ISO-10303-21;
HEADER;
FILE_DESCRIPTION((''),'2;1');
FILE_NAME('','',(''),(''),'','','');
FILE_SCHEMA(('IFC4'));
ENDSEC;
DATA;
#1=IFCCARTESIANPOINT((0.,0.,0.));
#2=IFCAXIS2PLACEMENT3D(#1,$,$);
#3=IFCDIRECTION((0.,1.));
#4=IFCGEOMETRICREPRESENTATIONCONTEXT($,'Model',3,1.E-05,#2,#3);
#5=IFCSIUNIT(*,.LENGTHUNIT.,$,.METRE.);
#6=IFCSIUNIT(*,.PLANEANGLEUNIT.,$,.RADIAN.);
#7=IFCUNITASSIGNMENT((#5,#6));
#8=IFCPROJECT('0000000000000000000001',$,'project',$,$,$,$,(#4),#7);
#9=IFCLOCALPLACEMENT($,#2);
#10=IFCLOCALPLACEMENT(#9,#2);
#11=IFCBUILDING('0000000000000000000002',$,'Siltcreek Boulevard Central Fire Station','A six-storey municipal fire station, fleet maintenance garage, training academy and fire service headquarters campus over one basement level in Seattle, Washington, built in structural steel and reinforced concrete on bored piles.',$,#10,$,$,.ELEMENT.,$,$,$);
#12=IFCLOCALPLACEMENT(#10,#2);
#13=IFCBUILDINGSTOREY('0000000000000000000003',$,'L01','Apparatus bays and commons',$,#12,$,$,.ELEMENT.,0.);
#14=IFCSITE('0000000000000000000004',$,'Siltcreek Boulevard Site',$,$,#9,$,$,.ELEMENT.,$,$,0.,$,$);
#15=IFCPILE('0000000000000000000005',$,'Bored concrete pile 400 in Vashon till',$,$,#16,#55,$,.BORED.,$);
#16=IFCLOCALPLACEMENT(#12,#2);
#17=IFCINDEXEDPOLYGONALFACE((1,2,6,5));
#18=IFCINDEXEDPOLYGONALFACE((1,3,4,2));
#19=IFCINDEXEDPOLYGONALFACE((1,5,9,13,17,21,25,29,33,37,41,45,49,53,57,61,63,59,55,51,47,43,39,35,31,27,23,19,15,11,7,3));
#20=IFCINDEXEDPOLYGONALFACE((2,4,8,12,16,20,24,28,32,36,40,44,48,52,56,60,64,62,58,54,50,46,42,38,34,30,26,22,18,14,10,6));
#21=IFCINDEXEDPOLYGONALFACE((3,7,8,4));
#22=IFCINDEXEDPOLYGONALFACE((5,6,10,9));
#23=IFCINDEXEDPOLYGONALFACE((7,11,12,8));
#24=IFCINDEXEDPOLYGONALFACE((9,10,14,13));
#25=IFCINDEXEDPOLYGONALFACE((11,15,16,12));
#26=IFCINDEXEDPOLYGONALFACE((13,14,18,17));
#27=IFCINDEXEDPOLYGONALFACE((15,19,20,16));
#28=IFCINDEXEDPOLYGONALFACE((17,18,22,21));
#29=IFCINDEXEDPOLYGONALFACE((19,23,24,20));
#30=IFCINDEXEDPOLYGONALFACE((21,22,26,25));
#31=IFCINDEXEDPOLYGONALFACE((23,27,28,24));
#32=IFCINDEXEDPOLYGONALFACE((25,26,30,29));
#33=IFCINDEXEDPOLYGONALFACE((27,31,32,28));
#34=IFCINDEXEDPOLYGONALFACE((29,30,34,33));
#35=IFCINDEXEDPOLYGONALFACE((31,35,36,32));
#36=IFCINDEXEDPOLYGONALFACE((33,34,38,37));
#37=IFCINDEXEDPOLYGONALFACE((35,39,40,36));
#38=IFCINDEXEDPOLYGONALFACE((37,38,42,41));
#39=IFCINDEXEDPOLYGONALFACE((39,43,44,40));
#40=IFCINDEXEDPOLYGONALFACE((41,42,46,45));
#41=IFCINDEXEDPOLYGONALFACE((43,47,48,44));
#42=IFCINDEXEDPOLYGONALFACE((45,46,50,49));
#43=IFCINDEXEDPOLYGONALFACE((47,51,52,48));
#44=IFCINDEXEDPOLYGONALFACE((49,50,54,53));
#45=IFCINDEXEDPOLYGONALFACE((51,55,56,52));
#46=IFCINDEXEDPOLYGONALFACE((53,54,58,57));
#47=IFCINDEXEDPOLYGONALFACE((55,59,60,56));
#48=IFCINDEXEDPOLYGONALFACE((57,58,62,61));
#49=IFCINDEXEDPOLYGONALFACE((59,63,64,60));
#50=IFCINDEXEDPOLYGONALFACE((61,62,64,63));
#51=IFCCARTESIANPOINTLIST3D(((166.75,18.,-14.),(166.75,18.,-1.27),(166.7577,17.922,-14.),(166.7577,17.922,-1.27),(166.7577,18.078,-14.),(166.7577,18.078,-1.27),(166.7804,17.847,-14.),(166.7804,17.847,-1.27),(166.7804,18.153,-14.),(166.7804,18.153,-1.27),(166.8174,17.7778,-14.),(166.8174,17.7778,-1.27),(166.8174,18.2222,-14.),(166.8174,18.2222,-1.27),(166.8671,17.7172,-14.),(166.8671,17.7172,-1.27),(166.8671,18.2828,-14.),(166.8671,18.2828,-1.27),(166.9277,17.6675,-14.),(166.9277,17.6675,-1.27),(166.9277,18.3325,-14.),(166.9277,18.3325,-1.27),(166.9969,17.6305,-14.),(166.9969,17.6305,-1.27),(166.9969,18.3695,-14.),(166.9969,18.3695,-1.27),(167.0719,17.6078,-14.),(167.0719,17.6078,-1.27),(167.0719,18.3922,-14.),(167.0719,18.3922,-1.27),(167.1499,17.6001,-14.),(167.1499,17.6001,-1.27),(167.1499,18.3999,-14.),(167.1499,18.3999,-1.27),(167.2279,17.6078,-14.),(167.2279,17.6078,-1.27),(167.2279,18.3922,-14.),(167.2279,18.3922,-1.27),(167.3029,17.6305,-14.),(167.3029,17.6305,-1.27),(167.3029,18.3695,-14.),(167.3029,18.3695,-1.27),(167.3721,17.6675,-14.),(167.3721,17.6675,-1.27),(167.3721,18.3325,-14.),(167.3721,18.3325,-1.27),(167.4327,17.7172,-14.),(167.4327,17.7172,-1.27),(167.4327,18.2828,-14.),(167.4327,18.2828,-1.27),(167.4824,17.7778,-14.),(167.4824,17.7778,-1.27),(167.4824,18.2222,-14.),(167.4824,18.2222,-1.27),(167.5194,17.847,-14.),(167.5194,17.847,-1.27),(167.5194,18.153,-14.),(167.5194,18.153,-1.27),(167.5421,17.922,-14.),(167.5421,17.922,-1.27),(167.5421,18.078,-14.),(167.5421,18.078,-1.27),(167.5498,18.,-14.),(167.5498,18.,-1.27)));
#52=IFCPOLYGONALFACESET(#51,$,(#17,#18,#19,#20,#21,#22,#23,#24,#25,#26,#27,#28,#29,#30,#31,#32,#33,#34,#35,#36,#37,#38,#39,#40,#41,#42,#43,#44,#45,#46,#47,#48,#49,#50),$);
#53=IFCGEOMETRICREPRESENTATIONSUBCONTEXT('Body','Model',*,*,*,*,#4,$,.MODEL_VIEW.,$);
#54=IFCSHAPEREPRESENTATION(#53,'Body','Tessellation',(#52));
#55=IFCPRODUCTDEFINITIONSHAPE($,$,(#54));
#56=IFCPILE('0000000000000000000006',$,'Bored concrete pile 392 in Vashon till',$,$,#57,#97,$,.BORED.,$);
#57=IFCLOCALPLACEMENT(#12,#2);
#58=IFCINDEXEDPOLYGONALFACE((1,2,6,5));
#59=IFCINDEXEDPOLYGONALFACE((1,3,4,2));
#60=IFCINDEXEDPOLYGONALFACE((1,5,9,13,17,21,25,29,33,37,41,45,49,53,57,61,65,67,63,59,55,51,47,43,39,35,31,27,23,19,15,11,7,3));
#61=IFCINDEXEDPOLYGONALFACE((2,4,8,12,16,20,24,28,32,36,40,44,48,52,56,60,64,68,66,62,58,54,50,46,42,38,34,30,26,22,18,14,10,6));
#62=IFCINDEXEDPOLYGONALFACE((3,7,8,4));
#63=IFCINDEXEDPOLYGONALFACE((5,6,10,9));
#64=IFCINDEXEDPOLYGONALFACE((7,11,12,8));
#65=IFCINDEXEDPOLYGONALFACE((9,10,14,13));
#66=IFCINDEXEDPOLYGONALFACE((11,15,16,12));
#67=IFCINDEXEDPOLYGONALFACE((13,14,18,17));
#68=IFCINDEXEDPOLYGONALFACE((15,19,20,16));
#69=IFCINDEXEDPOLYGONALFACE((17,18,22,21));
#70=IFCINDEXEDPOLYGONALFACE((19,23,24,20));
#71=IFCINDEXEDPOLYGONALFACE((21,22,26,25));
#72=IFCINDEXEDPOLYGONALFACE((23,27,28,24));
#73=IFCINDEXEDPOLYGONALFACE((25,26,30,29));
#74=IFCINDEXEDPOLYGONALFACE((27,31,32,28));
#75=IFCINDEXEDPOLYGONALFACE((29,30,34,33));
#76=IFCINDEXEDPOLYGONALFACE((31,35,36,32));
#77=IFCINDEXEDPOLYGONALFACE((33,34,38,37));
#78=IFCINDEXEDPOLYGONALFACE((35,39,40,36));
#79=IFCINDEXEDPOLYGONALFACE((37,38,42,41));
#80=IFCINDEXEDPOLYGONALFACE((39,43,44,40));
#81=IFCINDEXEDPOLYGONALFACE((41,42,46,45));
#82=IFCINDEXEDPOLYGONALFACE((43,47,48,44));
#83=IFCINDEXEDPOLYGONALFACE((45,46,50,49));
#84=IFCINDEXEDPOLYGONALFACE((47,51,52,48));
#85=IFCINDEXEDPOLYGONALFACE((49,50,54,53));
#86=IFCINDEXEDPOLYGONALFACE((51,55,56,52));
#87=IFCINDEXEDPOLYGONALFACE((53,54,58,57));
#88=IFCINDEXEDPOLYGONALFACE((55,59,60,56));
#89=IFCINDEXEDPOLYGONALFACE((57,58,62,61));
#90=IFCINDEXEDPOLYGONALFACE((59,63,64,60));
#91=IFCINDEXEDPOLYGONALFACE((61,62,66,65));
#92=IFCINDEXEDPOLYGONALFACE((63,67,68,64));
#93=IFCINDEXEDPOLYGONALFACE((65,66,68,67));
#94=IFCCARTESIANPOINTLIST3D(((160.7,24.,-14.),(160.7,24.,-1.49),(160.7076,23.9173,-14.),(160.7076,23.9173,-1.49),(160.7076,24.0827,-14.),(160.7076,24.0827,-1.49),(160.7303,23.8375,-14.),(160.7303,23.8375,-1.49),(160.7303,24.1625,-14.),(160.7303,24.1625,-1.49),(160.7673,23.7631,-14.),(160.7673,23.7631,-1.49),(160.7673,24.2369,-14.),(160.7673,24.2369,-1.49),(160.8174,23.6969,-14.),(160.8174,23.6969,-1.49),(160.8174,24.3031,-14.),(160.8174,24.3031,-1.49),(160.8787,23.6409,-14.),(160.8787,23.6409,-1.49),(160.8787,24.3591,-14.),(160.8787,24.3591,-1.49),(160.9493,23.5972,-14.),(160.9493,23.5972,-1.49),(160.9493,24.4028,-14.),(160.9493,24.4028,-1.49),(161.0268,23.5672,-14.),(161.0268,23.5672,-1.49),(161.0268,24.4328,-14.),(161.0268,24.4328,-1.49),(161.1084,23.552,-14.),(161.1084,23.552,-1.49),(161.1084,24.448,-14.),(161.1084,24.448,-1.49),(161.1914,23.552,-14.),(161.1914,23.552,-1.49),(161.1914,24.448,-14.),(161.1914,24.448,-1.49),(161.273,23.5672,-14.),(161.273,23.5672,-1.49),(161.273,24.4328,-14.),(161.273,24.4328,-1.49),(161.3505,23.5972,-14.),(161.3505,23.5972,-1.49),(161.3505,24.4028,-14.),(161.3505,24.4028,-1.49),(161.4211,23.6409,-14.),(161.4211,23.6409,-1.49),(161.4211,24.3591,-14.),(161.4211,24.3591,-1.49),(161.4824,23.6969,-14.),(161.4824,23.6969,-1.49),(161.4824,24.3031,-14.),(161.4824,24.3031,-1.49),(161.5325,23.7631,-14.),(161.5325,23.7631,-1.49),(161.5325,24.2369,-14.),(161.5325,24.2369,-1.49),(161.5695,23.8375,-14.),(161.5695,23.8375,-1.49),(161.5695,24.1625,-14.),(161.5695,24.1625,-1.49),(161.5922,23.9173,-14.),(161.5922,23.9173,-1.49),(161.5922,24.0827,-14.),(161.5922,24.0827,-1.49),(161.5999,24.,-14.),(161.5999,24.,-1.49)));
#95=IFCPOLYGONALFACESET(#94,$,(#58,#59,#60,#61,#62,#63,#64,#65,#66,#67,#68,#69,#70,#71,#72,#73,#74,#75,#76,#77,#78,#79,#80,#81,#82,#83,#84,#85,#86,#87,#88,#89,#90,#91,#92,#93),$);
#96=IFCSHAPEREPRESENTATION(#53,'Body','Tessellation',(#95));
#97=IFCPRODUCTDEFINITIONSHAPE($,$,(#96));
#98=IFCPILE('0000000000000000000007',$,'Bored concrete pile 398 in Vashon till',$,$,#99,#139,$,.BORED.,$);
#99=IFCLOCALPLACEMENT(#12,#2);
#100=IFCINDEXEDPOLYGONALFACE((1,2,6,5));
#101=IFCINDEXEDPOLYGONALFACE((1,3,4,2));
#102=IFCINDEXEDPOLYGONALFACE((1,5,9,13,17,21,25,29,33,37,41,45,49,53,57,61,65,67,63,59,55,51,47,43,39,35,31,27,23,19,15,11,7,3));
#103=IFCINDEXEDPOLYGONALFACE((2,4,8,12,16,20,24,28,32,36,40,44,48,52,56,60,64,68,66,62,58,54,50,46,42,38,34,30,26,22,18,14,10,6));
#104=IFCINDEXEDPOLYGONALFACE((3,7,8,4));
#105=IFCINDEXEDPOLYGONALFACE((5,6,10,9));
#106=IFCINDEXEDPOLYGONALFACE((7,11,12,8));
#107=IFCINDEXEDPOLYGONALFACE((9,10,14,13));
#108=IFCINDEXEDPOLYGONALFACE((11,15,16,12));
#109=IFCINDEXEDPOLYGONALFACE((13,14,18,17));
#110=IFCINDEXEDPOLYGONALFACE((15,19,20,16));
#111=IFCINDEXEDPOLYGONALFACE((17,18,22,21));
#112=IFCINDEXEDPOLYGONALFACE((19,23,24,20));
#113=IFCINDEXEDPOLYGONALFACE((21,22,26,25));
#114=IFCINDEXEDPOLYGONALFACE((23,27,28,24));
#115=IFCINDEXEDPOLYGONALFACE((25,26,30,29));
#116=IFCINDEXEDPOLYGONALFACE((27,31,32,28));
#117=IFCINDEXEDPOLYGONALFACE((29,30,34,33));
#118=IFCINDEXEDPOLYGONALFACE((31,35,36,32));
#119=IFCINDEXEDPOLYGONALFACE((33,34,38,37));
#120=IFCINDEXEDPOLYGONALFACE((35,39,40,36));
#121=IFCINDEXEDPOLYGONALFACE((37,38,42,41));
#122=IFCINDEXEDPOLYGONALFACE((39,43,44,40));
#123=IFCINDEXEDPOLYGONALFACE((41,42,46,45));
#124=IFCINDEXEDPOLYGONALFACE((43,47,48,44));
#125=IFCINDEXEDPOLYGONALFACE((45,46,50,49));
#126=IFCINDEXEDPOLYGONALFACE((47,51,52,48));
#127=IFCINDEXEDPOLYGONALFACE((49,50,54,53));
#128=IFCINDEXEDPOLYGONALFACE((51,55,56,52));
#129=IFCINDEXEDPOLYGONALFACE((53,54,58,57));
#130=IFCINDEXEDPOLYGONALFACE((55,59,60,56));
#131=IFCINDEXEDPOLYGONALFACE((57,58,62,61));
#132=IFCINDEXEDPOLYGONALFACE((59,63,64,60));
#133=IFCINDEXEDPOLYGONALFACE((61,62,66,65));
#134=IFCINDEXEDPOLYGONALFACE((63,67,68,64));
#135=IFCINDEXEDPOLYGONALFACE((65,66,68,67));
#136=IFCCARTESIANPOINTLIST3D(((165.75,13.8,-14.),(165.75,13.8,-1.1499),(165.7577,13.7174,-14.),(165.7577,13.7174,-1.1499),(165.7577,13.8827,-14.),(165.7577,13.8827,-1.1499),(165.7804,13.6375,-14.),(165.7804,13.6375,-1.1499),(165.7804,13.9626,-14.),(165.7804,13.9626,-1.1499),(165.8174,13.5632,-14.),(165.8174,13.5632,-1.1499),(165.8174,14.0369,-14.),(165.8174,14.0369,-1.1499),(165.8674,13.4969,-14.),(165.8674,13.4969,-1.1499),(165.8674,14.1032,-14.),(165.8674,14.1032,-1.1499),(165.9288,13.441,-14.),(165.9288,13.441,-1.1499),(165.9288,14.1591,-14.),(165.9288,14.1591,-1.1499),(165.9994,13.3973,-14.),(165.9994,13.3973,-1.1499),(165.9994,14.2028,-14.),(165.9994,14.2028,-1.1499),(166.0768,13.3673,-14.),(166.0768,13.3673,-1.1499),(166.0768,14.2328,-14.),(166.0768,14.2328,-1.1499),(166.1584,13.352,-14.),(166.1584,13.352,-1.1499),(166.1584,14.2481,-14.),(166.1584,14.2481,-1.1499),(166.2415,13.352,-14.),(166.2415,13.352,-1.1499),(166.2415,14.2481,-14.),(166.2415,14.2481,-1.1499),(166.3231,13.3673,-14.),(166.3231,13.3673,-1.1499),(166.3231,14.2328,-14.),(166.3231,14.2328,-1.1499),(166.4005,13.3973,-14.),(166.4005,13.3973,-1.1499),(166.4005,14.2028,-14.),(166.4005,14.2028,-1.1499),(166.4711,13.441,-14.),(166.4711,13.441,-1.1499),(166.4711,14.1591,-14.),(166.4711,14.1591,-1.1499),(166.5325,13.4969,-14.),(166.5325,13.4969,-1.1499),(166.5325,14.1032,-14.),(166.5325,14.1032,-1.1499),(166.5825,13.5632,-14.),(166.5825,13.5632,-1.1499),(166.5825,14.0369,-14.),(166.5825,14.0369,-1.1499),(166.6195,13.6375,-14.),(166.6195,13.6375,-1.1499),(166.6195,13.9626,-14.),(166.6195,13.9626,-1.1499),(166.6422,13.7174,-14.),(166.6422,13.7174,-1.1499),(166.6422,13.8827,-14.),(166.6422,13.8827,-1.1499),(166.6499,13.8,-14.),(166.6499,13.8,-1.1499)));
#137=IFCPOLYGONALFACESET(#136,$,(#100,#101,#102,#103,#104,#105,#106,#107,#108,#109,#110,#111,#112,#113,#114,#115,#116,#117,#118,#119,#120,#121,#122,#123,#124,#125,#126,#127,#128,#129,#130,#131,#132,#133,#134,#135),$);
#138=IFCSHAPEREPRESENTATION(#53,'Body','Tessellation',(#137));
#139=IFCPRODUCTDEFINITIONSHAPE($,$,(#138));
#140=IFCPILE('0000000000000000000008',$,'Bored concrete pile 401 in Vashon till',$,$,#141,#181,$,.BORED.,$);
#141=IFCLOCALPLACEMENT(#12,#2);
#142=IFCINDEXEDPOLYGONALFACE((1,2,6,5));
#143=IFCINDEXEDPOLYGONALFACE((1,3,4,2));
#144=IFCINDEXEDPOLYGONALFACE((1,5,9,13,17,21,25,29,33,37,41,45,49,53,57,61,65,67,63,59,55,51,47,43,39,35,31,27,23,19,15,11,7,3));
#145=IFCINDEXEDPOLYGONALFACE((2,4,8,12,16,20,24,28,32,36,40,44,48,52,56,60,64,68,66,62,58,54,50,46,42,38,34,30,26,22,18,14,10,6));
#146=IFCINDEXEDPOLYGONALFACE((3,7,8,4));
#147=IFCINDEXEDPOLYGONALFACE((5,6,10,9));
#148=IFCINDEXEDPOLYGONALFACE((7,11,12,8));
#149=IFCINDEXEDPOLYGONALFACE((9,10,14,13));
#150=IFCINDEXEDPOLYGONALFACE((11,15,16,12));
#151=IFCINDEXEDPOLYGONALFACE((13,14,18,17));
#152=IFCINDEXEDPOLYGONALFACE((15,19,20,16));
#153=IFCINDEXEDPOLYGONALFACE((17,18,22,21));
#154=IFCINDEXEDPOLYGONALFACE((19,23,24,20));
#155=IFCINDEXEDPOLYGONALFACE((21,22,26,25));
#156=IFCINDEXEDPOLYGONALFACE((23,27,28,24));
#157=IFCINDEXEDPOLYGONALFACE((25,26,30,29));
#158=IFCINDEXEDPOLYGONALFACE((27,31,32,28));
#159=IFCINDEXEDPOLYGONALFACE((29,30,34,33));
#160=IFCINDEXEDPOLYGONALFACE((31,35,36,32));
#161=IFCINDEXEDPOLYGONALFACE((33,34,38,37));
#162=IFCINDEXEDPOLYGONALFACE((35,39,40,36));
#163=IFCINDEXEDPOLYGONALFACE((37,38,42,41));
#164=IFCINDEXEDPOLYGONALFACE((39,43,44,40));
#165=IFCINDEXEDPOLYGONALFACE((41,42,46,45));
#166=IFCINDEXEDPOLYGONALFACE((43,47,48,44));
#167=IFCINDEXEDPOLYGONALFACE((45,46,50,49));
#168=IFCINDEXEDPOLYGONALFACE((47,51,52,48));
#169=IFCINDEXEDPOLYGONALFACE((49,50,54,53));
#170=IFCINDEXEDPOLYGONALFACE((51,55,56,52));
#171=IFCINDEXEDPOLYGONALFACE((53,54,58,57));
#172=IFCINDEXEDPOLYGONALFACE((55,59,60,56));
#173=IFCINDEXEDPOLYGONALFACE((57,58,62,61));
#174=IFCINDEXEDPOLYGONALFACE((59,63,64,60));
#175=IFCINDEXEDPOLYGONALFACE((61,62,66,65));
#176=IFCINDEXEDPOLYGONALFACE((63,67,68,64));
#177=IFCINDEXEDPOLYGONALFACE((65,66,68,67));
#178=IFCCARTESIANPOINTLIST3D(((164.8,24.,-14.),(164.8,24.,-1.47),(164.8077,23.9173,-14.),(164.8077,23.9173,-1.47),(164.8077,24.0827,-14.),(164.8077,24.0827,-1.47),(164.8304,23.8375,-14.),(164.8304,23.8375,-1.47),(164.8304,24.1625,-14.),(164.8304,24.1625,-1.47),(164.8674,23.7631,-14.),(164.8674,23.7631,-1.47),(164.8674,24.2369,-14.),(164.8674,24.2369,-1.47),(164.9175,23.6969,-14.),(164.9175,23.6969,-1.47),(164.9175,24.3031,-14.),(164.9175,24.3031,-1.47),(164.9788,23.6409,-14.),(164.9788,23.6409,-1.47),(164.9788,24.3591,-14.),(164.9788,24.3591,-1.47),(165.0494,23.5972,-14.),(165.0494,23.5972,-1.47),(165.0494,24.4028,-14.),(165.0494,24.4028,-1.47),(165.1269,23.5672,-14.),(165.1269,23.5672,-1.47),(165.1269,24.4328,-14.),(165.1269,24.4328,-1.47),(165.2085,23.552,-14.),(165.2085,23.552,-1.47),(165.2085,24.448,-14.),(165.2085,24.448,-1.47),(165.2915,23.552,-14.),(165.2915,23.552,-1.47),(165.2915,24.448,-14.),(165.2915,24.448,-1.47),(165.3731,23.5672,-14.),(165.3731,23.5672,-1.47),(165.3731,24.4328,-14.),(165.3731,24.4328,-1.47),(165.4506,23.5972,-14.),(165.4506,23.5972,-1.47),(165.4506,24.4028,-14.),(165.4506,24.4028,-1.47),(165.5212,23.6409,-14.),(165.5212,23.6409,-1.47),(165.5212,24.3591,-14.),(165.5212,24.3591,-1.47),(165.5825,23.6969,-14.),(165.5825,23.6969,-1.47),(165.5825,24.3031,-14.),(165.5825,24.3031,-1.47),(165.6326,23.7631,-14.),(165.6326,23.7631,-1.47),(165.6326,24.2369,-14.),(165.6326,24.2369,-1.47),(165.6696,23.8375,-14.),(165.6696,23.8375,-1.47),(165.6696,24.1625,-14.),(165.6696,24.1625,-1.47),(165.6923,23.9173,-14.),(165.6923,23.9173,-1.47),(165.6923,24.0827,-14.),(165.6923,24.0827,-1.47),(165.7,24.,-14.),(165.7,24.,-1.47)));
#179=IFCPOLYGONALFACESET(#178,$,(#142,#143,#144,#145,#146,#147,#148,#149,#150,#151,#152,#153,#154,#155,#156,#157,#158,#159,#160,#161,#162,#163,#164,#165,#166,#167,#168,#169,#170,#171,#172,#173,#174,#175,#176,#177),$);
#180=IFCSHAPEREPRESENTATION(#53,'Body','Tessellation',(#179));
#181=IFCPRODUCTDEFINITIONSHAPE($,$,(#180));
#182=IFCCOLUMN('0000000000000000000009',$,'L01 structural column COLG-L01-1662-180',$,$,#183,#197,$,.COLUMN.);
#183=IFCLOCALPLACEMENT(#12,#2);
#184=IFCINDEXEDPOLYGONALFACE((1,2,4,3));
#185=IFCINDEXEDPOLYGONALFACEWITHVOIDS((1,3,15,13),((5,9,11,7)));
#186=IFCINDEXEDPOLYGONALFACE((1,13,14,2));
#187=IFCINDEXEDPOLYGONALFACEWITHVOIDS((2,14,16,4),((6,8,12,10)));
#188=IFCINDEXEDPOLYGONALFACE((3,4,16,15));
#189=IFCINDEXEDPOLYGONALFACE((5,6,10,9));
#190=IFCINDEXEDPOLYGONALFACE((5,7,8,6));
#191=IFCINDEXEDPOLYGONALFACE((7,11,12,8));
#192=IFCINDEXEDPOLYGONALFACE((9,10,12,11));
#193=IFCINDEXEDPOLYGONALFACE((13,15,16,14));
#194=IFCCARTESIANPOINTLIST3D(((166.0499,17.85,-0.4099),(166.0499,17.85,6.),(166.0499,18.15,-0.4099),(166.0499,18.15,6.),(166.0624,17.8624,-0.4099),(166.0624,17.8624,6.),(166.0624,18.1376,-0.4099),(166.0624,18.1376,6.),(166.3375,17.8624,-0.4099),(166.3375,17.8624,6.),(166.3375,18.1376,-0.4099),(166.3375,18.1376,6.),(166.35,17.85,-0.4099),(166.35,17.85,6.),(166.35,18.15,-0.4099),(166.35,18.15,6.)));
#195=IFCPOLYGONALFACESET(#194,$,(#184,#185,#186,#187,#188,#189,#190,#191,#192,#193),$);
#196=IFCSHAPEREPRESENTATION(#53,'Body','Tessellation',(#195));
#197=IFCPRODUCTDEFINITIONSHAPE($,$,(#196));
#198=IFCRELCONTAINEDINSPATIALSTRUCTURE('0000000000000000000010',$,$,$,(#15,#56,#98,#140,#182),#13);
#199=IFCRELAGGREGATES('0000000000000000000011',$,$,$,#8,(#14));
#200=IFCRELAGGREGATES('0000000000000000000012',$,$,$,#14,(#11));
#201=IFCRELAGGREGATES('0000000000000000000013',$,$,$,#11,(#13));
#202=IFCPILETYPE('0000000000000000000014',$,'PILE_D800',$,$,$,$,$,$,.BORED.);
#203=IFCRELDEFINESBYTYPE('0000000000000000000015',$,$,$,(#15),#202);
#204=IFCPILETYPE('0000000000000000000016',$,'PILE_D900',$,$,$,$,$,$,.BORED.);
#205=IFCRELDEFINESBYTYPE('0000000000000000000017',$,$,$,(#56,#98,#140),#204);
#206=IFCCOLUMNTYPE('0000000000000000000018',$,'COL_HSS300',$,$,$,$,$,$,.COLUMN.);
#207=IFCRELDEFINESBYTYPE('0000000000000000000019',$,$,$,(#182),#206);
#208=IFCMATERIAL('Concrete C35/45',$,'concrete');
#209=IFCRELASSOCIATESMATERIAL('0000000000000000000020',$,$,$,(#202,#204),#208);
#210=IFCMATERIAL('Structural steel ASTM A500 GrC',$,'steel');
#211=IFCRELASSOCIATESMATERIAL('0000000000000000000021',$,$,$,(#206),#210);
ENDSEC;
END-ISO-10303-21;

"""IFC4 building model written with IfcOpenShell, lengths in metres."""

from ifc_helpers import new_model, si_unit, direction, frame, origin, origin_2d, place, context, subcontext, project, spatial, hollow_rectangle, circle, extrude, material, material_profile, profile_set, type_object, element, save


model = new_model("IFC4")

# Units and contexts
model_context = context("Model", 3, precision=1e-05, world=origin(), true_north=direction((0.0, 1.0)))
body_context = subcontext(model_context, "Body", "Model", "MODEL_VIEW")
ifc_project = project(units=[si_unit("LENGTHUNIT", "METRE"), si_unit("PLANEANGLEUNIT", "RADIAN")], contexts=[model_context])

# Site, building, storey
site_placement = place(None, origin())
site = spatial("IfcSite", under=ifc_project, at=site_placement, Name="Siltcreek Boulevard Site", CompositionType="ELEMENT", RefElevation=0.0)
building_placement = place(site_placement, origin())
building = spatial("IfcBuilding", under=site, at=building_placement, Name="Siltcreek Boulevard Central Fire Station", Description="A six-storey municipal fire station, fleet maintenance garage, training academy and fire service headquarters campus over one basement level in Seattle, Washington, built in structural steel and reinforced concrete on bored piles.", CompositionType="ELEMENT")
storey_placement = place(building_placement, origin())
storey = spatial("IfcBuildingStorey", under=building, at=storey_placement, Name="L01", Description="Apparatus bays and commons", CompositionType="ELEMENT", Elevation=0.0)

# Shared definitions
ifc_material_1 = material(Name="Concrete C35/45", Category="concrete")

# Piles
ifc_material_profile_1 = material_profile(ifc_material_1, circle(Radius=0.3999, at=origin_2d()), Name="SHAFT800")
ifc_profile_set_1 = profile_set([ifc_material_profile_1], Name="Concrete C35/45")
pile_type_1 = type_object("IfcPileType", Name="PILE_D800", PredefinedType="BORED", material=ifc_profile_set_1)
for number, where, z_axis, x_axis, name in (
    (1, (167.1499, 18.0, -1.27), (0.0, 0.0, -1.0), (1.0, 0.0, 0.0), "Bored concrete pile 400 in Vashon till"),
):
    element("IfcPile", number, at=place(storey_placement, frame(where, z_axis=z_axis, x_axis=x_axis)), inside=storey, type_object=pile_type_1, Name=name, PredefinedType="BORED", context=body_context, shape_type="SweptSolid", body=[
        extrude(circle(Radius=0.3999, at=origin_2d()), origin(), (0.0, 0.0, 1.0), 12.73),
    ])
ifc_material_profile_2 = material_profile(ifc_material_1, circle(Radius=0.45, at=origin_2d()), Name="SHAFT900")
ifc_profile_set_2 = profile_set([ifc_material_profile_2], Name="Concrete C35/45")
pile_type_2 = type_object("IfcPileType", Name="PILE_D900", PredefinedType="BORED", material=ifc_profile_set_2)
pile_1_placement = place(storey_placement, frame((161.1499, 24.0, -1.49), z_axis=(0.0, 0.0, -1.0), x_axis=(1.0, 0.0, 0.0)))
element("IfcPile", 2, at=pile_1_placement, inside=storey, type_object=pile_type_2, Name="Bored concrete pile 392 in Vashon till", PredefinedType="BORED", context=body_context, shape_type="SweptSolid", body=[
    extrude(circle(Radius=0.45, at=origin_2d()), origin(), (0.0, 0.0, 1.0), 12.51),
])
pile_2_placement = place(storey_placement, frame((166.2, 13.8, -1.1499), z_axis=(0.0, 0.0, -1.0), x_axis=(1.0, 0.0, 0.0)))
element("IfcPile", 3, at=pile_2_placement, inside=storey, type_object=pile_type_2, Name="Bored concrete pile 398 in Vashon till", PredefinedType="BORED", context=body_context, shape_type="SweptSolid", body=[
    extrude(circle(Radius=0.45, at=origin_2d()), origin(), (0.0, 0.0, 1.0), 12.8501),
])
pile_3_placement = place(storey_placement, frame((165.25, 24.0, -1.47), z_axis=(0.0, 0.0, -1.0), x_axis=(1.0, 0.0, 0.0)))
element("IfcPile", 4, at=pile_3_placement, inside=storey, type_object=pile_type_2, Name="Bored concrete pile 401 in Vashon till", PredefinedType="BORED", context=body_context, shape_type="SweptSolid", body=[
    extrude(circle(Radius=0.45, at=origin_2d()), origin(), (0.0, 0.0, 1.0), 12.53),
])

# Column
ifc_material_2 = material(Name="Structural steel ASTM A500 GrC", Category="steel")
ifc_material_profile_3 = material_profile(ifc_material_2, hollow_rectangle(XDim=0.3, YDim=0.3, WallThickness=0.0125, at=origin_2d()), Name="HSS300X300X12.5")
ifc_profile_set_3 = profile_set([ifc_material_profile_3], Name="Structural steel ASTM A500 GrC")
column_type_1 = type_object("IfcColumnType", Name="COL_HSS300", PredefinedType="COLUMN", material=ifc_profile_set_3)
column_placement = place(storey_placement, frame((166.2, 18.0, -0.4099), z_axis=(0.0, 0.0, 1.0), x_axis=(1.0, 0.0, 0.0)))
element("IfcColumn", 5, at=column_placement, inside=storey, type_object=column_type_1, Name="L01 structural column COLG-L01-1662-180", PredefinedType="COLUMN", context=body_context, shape_type="SweptSolid", body=[
    extrude(hollow_rectangle(XDim=0.3, YDim=0.3, WallThickness=0.0125, at=origin_2d()), origin(), (0.0, 0.0, 1.0), 6.4099),
])

save(model, "model.ifc")
